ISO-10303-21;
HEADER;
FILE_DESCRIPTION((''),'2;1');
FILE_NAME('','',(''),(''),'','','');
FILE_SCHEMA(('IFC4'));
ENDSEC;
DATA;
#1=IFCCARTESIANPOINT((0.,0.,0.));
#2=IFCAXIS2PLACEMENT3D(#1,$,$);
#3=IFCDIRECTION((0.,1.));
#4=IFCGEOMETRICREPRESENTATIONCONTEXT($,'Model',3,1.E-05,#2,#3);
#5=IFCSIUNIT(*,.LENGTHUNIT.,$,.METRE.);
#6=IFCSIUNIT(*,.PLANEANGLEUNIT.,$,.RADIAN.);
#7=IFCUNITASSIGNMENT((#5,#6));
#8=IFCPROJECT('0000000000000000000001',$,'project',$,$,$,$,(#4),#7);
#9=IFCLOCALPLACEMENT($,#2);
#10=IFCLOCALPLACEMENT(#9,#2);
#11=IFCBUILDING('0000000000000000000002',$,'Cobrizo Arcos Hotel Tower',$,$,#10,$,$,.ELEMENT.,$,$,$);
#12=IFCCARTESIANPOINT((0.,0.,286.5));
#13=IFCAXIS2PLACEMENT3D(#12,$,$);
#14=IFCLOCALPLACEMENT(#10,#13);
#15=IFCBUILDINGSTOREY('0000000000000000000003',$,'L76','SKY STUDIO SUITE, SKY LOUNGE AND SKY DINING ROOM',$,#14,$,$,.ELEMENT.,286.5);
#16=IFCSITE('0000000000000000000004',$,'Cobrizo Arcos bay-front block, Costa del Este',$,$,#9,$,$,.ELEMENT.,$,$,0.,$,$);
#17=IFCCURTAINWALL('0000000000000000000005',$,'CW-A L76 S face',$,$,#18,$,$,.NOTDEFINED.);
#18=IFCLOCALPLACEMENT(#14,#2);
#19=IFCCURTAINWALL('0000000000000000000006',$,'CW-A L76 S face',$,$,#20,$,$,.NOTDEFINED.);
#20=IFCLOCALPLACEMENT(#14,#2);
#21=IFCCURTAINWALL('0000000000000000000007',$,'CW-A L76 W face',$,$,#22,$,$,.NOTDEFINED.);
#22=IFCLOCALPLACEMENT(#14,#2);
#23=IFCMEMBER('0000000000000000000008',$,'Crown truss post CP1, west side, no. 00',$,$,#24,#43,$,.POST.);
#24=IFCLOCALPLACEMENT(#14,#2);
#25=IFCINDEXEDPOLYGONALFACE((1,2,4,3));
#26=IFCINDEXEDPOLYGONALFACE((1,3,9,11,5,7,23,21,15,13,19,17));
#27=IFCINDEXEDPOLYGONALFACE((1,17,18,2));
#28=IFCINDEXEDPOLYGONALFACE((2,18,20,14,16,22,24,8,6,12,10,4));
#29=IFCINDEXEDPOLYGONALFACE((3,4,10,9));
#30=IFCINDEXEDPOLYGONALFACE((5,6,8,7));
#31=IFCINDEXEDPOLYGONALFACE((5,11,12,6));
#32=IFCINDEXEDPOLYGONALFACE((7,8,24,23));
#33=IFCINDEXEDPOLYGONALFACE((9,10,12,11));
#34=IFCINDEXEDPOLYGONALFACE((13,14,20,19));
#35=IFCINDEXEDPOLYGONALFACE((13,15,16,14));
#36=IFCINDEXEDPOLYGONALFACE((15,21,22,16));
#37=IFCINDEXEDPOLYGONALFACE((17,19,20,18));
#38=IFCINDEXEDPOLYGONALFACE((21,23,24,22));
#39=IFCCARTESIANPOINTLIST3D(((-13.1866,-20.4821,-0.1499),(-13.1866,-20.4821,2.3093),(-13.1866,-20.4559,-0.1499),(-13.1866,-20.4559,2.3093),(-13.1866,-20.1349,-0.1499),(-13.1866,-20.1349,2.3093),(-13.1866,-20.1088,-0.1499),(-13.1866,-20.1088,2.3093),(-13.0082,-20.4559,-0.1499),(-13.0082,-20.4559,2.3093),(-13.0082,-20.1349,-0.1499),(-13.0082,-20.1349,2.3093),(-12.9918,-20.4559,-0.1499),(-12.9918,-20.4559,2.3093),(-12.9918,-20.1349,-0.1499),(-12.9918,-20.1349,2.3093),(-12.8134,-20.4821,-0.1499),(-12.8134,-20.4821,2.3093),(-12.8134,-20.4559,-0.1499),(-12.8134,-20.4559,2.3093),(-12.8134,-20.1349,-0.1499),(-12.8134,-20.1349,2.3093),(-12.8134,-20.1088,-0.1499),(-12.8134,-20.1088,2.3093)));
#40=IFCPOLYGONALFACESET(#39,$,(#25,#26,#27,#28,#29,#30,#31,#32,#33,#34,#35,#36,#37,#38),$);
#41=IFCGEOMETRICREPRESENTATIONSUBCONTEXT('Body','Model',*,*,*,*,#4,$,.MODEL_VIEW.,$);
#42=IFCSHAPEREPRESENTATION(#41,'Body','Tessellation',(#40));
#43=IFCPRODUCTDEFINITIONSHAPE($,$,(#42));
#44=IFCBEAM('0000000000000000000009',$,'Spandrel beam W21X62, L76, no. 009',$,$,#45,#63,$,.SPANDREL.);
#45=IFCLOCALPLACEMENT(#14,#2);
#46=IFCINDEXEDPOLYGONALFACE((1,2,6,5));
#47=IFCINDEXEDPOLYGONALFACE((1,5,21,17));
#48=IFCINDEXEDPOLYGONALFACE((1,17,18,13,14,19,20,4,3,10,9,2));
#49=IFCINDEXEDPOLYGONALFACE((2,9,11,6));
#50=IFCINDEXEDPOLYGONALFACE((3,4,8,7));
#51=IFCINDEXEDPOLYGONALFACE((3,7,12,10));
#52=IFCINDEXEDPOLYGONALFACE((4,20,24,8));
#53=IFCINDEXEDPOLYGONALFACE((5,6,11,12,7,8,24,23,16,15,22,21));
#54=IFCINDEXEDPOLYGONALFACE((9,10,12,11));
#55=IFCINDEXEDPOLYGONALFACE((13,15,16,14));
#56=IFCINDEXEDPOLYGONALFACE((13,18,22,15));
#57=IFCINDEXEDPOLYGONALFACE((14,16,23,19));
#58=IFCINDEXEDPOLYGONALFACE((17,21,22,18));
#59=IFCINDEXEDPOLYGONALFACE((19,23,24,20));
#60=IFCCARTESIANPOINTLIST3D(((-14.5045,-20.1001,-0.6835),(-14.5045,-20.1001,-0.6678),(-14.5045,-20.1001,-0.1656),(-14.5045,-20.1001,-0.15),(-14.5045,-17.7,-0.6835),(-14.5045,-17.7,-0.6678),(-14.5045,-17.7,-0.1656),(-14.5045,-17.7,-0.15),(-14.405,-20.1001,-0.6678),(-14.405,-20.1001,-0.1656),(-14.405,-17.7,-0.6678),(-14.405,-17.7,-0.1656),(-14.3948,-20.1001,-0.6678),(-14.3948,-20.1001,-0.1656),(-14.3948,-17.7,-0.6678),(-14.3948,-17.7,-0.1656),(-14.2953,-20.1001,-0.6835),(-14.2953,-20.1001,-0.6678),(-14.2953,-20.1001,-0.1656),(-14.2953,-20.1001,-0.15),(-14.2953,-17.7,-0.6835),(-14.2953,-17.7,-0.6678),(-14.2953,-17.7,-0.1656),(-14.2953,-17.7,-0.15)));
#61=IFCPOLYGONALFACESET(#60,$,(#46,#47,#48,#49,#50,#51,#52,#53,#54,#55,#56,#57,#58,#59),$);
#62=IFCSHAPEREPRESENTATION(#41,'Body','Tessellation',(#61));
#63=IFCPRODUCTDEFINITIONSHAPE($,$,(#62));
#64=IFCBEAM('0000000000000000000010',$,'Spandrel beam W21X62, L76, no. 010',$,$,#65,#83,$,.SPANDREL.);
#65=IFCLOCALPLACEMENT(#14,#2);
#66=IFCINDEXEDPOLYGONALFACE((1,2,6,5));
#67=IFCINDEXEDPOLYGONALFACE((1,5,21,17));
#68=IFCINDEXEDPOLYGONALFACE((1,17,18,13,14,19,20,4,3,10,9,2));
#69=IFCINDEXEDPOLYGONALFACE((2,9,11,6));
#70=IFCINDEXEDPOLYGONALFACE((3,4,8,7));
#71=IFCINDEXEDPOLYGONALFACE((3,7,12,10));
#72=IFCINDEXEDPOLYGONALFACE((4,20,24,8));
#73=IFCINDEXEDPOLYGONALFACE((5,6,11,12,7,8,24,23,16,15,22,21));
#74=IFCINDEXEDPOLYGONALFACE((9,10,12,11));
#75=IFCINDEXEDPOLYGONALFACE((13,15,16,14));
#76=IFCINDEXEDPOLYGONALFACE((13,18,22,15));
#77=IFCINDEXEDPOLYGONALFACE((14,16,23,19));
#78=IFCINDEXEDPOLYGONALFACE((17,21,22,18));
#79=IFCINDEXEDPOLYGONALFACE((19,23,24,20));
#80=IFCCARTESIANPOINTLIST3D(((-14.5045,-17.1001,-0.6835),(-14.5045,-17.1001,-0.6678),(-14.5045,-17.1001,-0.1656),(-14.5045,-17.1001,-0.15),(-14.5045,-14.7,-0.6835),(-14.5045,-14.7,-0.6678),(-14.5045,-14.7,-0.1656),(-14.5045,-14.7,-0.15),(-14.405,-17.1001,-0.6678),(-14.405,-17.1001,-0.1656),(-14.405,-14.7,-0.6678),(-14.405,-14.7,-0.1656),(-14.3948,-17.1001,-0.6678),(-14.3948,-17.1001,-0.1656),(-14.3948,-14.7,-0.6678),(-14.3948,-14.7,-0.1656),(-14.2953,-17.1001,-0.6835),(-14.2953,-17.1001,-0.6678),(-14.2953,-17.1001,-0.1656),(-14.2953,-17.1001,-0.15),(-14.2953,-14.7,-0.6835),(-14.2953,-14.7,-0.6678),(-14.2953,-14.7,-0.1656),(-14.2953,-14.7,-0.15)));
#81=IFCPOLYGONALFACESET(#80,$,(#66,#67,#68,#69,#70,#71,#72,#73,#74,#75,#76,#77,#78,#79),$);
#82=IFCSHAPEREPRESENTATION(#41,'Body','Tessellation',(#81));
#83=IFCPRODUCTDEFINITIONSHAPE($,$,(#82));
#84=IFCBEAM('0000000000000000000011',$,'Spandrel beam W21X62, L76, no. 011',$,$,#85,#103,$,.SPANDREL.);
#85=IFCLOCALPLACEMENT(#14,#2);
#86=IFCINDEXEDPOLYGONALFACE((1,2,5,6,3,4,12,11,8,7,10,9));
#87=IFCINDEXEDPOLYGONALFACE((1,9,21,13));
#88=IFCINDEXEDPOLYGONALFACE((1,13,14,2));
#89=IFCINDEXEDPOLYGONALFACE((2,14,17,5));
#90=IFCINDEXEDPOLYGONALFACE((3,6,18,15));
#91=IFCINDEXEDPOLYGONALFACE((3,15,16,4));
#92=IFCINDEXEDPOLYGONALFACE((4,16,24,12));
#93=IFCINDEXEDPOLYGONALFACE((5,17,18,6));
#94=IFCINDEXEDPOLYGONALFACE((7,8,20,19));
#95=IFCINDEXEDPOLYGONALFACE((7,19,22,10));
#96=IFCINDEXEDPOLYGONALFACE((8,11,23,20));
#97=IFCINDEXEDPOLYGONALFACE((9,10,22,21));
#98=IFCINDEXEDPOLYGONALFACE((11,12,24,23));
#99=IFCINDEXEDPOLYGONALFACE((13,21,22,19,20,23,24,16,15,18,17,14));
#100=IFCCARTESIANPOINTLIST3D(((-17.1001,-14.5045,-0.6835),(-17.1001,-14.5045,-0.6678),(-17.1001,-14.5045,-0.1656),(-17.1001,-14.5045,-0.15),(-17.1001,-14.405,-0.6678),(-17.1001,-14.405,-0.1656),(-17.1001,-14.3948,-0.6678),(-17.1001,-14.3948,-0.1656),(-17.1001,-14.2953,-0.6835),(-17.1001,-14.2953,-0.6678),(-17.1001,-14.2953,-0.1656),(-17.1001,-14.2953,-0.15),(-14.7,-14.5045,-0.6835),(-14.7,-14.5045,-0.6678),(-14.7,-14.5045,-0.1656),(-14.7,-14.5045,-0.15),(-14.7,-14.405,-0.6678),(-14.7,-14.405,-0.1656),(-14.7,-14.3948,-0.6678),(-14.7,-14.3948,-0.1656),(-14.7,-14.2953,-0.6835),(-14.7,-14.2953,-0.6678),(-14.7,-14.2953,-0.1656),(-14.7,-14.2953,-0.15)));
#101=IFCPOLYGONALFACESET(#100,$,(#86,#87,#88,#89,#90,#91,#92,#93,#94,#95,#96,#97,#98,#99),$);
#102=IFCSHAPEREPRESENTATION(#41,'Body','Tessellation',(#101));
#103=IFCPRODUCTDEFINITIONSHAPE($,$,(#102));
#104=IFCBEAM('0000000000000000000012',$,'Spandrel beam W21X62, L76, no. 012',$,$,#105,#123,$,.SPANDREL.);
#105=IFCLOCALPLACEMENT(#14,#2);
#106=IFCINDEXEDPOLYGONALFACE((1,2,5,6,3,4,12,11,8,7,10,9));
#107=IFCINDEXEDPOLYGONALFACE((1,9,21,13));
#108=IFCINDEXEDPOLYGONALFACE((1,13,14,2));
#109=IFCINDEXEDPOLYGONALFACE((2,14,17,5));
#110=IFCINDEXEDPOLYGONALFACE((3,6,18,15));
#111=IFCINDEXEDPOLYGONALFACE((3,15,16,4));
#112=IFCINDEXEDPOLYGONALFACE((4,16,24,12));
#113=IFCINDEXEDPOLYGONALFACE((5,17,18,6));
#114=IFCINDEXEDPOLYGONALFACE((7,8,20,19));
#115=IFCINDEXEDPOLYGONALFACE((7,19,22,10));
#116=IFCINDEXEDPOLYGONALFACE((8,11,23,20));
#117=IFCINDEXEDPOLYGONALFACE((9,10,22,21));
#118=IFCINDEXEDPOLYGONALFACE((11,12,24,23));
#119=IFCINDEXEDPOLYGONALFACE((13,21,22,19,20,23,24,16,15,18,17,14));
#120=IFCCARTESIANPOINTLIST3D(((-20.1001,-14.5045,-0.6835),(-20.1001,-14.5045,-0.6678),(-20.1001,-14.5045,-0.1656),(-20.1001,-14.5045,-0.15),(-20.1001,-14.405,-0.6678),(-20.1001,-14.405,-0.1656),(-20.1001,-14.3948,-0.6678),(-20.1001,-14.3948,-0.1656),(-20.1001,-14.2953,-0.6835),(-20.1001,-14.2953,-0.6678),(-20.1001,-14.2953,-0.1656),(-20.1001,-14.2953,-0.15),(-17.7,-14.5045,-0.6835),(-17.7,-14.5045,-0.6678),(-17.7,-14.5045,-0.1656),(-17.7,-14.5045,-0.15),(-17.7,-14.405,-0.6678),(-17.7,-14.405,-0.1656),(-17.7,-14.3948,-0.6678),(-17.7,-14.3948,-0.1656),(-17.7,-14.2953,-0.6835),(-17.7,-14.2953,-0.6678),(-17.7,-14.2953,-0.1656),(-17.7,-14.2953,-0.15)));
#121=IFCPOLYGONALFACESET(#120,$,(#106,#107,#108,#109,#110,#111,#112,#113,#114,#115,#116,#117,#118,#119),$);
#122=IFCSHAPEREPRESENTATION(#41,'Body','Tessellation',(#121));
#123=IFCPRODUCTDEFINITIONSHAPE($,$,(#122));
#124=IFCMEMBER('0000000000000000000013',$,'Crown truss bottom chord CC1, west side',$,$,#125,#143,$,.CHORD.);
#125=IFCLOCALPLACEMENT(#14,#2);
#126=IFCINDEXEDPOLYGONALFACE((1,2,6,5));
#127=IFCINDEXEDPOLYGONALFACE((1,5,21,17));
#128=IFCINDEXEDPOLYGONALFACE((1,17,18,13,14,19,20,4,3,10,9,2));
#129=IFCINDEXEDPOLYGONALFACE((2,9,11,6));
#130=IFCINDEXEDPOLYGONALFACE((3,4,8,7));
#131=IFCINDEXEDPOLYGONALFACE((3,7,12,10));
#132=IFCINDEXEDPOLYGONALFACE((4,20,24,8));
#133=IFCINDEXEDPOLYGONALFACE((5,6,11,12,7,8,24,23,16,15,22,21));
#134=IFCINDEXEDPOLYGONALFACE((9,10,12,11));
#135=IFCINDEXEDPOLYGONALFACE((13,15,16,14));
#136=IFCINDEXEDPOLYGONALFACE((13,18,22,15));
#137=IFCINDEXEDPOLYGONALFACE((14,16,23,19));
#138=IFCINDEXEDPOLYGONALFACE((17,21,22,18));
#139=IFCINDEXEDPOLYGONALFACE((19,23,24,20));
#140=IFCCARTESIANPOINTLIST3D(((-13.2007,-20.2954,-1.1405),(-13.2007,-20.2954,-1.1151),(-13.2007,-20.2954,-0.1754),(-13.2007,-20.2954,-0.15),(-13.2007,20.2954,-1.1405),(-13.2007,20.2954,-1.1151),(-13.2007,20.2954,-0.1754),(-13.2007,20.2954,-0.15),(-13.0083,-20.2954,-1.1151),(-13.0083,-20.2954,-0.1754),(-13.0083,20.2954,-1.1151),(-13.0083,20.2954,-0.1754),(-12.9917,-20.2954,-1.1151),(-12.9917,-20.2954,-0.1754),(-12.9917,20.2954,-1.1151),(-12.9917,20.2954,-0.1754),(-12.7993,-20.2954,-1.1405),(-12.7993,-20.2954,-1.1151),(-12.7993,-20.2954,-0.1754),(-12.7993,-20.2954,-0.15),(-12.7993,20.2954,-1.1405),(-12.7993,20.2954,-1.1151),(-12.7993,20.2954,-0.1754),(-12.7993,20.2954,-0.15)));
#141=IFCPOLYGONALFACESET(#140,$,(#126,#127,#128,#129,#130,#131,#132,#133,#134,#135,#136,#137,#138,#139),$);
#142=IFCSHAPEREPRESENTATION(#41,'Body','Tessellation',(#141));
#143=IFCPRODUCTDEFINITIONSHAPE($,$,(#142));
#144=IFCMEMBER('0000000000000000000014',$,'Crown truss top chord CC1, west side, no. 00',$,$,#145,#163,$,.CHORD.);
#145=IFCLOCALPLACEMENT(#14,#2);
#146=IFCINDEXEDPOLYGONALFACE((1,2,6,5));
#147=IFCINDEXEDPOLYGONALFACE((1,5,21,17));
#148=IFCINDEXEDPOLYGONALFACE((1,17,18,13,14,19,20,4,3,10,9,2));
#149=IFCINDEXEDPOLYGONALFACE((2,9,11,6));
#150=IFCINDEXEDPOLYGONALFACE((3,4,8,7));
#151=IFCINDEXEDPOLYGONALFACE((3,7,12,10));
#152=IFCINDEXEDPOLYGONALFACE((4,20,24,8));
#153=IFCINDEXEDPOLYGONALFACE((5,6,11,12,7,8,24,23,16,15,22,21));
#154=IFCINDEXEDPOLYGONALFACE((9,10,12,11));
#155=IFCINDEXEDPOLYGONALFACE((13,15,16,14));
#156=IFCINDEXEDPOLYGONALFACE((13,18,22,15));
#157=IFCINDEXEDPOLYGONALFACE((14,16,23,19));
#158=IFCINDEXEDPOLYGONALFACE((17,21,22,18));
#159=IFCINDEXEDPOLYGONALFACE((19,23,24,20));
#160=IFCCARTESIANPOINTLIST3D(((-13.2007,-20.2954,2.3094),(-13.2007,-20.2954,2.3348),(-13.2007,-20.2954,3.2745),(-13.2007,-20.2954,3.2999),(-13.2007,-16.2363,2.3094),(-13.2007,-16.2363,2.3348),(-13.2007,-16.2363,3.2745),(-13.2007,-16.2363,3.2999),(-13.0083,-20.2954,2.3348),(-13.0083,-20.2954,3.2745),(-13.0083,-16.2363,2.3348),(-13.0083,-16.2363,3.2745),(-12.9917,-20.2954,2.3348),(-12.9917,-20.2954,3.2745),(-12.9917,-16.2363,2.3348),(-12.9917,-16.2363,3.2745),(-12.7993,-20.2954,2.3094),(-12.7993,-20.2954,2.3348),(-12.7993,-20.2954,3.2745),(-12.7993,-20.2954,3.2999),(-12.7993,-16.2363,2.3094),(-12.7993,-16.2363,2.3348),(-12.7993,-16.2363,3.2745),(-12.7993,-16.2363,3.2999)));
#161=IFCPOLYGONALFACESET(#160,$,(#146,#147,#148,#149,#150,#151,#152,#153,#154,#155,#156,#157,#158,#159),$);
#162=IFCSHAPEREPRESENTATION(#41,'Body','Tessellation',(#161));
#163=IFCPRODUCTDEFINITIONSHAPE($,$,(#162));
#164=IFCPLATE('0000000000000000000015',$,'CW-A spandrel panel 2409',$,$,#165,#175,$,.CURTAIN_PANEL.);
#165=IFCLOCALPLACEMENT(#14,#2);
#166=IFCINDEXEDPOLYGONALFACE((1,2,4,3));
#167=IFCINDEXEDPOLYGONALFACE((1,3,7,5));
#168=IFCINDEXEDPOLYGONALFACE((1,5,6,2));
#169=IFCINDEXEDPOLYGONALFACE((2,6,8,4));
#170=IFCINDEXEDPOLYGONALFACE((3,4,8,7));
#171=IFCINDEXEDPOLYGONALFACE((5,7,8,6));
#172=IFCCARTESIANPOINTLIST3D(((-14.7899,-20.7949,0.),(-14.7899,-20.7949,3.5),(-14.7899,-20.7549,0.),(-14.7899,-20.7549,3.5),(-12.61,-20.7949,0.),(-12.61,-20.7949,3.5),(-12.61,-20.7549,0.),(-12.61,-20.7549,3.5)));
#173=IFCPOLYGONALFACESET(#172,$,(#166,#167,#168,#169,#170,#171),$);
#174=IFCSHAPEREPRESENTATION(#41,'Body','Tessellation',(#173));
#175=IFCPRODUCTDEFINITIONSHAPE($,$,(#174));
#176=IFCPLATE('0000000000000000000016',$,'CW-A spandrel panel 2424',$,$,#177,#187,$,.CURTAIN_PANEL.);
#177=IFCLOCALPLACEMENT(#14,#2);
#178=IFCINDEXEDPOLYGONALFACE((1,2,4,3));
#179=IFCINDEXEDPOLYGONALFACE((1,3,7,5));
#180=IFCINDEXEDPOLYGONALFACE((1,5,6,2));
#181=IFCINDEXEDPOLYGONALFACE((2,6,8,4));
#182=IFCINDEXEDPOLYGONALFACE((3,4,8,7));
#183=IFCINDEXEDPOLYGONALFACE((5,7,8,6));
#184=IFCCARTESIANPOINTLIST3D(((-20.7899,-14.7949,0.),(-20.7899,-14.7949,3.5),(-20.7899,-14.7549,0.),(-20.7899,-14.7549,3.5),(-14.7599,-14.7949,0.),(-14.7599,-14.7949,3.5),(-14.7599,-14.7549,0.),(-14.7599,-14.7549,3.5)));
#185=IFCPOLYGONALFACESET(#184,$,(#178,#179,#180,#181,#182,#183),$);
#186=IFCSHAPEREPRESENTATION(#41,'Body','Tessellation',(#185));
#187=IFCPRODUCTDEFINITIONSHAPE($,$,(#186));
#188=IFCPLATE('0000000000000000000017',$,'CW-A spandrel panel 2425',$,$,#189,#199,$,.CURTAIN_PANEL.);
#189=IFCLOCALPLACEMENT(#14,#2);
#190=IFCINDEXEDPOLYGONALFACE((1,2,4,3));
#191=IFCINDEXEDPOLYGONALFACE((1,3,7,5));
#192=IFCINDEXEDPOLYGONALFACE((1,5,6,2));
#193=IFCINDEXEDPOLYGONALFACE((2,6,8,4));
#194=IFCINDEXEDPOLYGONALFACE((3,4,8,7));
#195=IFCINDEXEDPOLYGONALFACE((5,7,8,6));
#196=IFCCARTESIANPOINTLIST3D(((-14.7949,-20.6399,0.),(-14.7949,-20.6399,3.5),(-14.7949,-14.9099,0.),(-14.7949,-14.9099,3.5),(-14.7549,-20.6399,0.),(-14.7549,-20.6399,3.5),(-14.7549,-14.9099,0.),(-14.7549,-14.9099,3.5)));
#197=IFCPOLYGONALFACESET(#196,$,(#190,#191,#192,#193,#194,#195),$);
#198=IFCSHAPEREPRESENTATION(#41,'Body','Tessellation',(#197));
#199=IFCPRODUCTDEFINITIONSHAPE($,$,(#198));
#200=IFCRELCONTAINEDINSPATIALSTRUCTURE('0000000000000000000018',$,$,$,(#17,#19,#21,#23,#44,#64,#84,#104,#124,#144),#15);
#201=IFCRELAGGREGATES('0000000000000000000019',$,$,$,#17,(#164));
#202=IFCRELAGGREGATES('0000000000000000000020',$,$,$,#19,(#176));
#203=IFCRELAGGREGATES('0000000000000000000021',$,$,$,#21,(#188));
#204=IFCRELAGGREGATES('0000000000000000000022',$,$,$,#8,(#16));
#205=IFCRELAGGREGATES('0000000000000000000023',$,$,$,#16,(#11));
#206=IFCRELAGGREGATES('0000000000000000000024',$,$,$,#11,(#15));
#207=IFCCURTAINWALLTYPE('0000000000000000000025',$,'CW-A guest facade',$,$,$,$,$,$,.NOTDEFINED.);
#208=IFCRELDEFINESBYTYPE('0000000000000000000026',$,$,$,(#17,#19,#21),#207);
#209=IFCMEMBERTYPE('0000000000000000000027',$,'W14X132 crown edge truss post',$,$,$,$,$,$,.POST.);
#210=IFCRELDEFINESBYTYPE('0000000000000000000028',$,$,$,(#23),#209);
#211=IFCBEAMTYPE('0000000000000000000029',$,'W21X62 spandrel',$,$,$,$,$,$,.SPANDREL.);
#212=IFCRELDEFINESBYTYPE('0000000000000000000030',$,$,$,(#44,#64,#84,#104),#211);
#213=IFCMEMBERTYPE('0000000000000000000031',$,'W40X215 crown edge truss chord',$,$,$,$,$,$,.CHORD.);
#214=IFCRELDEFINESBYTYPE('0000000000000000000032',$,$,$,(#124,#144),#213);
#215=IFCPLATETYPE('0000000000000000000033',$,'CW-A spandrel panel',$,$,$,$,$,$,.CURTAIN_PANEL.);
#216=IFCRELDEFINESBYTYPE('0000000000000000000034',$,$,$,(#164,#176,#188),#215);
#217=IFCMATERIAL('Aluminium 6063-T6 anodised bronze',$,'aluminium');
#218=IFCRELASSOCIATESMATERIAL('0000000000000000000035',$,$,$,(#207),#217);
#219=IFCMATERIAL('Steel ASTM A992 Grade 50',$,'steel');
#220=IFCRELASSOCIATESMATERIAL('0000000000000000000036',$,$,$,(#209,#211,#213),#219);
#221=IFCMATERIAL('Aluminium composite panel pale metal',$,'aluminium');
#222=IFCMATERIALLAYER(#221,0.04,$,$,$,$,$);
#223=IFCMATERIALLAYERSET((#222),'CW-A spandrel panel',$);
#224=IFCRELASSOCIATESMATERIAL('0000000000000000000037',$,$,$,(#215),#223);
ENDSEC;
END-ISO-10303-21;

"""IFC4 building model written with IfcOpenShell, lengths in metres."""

from ifc_helpers import new_model, si_unit, direction, frame, origin, origin_2d, place, context, subcontext, project, spatial, rectangle, i_section, extrude, material, layer, layer_set, material_profile, profile_set, type_object, element, aggregate, save


model = new_model("IFC4")

# Units and contexts
model_context = context("Model", 3, precision=1e-05, world=origin(), true_north=direction((0.0, 1.0)))
body_context = subcontext(model_context, "Body", "Model", "MODEL_VIEW")
ifc_project = project(units=[si_unit("LENGTHUNIT", "METRE"), si_unit("PLANEANGLEUNIT", "RADIAN")], contexts=[model_context])

# Site, building, storey
site_placement = place(None, origin())
site = spatial("IfcSite", under=ifc_project, at=site_placement, Name="Cobrizo Arcos bay-front block, Costa del Este", CompositionType="ELEMENT", RefElevation=0.0)
building_placement = place(site_placement, origin())
building = spatial("IfcBuilding", under=site, at=building_placement, Name="Cobrizo Arcos Hotel Tower", CompositionType="ELEMENT")
storey_placement = place(building_placement, frame((0.0, 0.0, 286.5)))
storey = spatial("IfcBuildingStorey", under=building, at=storey_placement, Name="L76", Description="SKY STUDIO SUITE, SKY LOUNGE AND SKY DINING ROOM", CompositionType="ELEMENT", Elevation=286.5)

# Curtain wall
ifc_material_1 = material(Name="Aluminium 6063-T6 anodised bronze", Category="aluminium")
curtain_wall_type = type_object("IfcCurtainWallType", Name="CW-A guest facade", PredefinedType="NOTDEFINED", material=ifc_material_1)
curtain_wall_1_placement = place(storey_placement, origin())
curtain_wall_1 = element("IfcCurtainWall", 1, at=curtain_wall_1_placement, inside=storey, type_object=curtain_wall_type, Name="CW-A L76 S face", PredefinedType="NOTDEFINED")

# Curtain walls
curtain_wall_2_placement = place(storey_placement, origin())
curtain_wall_2 = element("IfcCurtainWall", 2, at=curtain_wall_2_placement, inside=storey, type_object=curtain_wall_type, Name="CW-A L76 S face", PredefinedType="NOTDEFINED")
curtain_wall_3_placement = place(storey_placement, origin())
curtain_wall_3 = element("IfcCurtainWall", 3, at=curtain_wall_3_placement, inside=storey, type_object=curtain_wall_type, Name="CW-A L76 W face", PredefinedType="NOTDEFINED")

# Member
ifc_material_2 = material(Name="Steel ASTM A992 Grade 50", Category="steel")
ifc_material_profile_1 = material_profile(ifc_material_2, i_section(OverallWidth=0.3733, OverallDepth=0.3733, WebThickness=0.0164, FlangeThickness=0.0261, at=origin_2d()), Name="W14X132")
ifc_profile_set_1 = profile_set([ifc_material_profile_1], Name="Steel ASTM A992 Grade 50")
member_type_1 = type_object("IfcMemberType", Name="W14X132 crown edge truss post", PredefinedType="POST", material=ifc_profile_set_1)
member_1_placement = place(storey_placement, frame((-13.0, -20.2954, -0.1499), z_axis=(0.0, 0.0, 1.0), x_axis=(1.0, 0.0, 0.0)))
element("IfcMember", 4, at=member_1_placement, inside=storey, type_object=member_type_1, Name="Crown truss post CP1, west side, no. 00", PredefinedType="POST", context=body_context, shape_type="SweptSolid", body=[
    extrude(i_section(OverallWidth=0.3733, OverallDepth=0.3733, WebThickness=0.0164, FlangeThickness=0.0261, at=origin_2d()), origin(), (0.0, 0.0, 1.0), 2.4592),
])

# Beams
ifc_material_profile_2 = material_profile(ifc_material_2, i_section(OverallWidth=0.2092, OverallDepth=0.5334, WebThickness=0.0103, FlangeThickness=0.0156, at=origin_2d()), Name="W21X62")
ifc_profile_set_2 = profile_set([ifc_material_profile_2], Name="Steel ASTM A992 Grade 50")
beam_type = type_object("IfcBeamType", Name="W21X62 spandrel", PredefinedType="SPANDREL", material=ifc_profile_set_2)
for number, where, z_axis, x_axis, name in (
    (5, (-14.3999, -20.1001, -0.4167), (0.0, 1.0, 0.0), (-1.0, 0.0, 0.0), "Spandrel beam W21X62, L76, no. 009"),
    (6, (-14.3999, -17.1001, -0.4167), (0.0, 1.0, 0.0), (-1.0, 0.0, 0.0), "Spandrel beam W21X62, L76, no. 010"),
    (7, (-14.7, -14.3999, -0.4167), (-1.0, 0.0, 0.0), (0.0, -1.0, 0.0), "Spandrel beam W21X62, L76, no. 011"),
    (8, (-17.7, -14.3999, -0.4167), (-1.0, 0.0, 0.0), (0.0, -1.0, 0.0), "Spandrel beam W21X62, L76, no. 012"),
):
    element("IfcBeam", number, at=place(storey_placement, frame(where, z_axis=z_axis, x_axis=x_axis)), inside=storey, type_object=beam_type, Name=name, PredefinedType="SPANDREL", context=body_context, shape_type="SweptSolid", body=[
        extrude(i_section(OverallWidth=0.2092, OverallDepth=0.5334, WebThickness=0.0103, FlangeThickness=0.0156, at=origin_2d()), origin(), (0.0, 0.0, 1.0), 2.4001),
    ])

# Members
ifc_material_profile_3 = material_profile(ifc_material_2, i_section(OverallWidth=0.4014, OverallDepth=0.9905, WebThickness=0.0166, FlangeThickness=0.0254, at=origin_2d()), Name="W40X215")
ifc_profile_set_3 = profile_set([ifc_material_profile_3], Name="Steel ASTM A992 Grade 50")
member_type_2 = type_object("IfcMemberType", Name="W40X215 crown edge truss chord", PredefinedType="CHORD", material=ifc_profile_set_3)
member_2_placement = place(storey_placement, frame((-13.0, -20.2954, -0.6453), z_axis=(0.0, 1.0, 0.0), x_axis=(-1.0, 0.0, 0.0)))
element("IfcMember", 9, at=member_2_placement, inside=storey, type_object=member_type_2, Name="Crown truss bottom chord CC1, west side", PredefinedType="CHORD", context=body_context, shape_type="SweptSolid", body=[
    extrude(i_section(OverallWidth=0.4014, OverallDepth=0.9905, WebThickness=0.0166, FlangeThickness=0.0254, at=origin_2d()), origin(), (0.0, 0.0, 1.0), 40.5908),
])
member_3_placement = place(storey_placement, frame((-13.0, -20.2954, 2.8047), z_axis=(0.0, 1.0, 0.0), x_axis=(-1.0, 0.0, 0.0)))
element("IfcMember", 10, at=member_3_placement, inside=storey, type_object=member_type_2, Name="Crown truss top chord CC1, west side, no. 00", PredefinedType="CHORD", context=body_context, shape_type="SweptSolid", body=[
    extrude(i_section(OverallWidth=0.4014, OverallDepth=0.9905, WebThickness=0.0166, FlangeThickness=0.0254, at=origin_2d()), origin(), (0.0, 0.0, 1.0), 4.0591),
])

# Plates
ifc_material_3 = material(Name="Aluminium composite panel pale metal", Category="aluminium")
ifc_layer_1 = layer(ifc_material_3, 0.04)
ifc_layer_set_1 = layer_set([ifc_layer_1], Name="CW-A spandrel panel")
plate_type = type_object("IfcPlateType", Name="CW-A spandrel panel", PredefinedType="CURTAIN_PANEL", material=ifc_layer_set_1)
plate_1_placement = place(storey_placement, frame((-13.7, -20.7749, 0.0), z_axis=(0.0, 0.0, 1.0), x_axis=(1.0, 0.0, 0.0)))
plate_1 = element("IfcPlate", 11, at=plate_1_placement, type_object=plate_type, Name="CW-A spandrel panel 2409", PredefinedType="CURTAIN_PANEL", context=body_context, shape_type="SweptSolid", body=[
    extrude(rectangle(XDim=2.1799, YDim=0.04, at=origin_2d()), origin(), (0.0, 0.0, 1.0), 3.5),
])
aggregate(curtain_wall_1, [plate_1])
plate_2_placement = place(storey_placement, frame((-17.7749, -14.7749, 0.0), z_axis=(0.0, 0.0, 1.0), x_axis=(1.0, 0.0, 0.0)))
plate_2 = element("IfcPlate", 12, at=plate_2_placement, type_object=plate_type, Name="CW-A spandrel panel 2424", PredefinedType="CURTAIN_PANEL", context=body_context, shape_type="SweptSolid", body=[
    extrude(rectangle(XDim=6.03, YDim=0.04, at=origin_2d()), origin(), (0.0, 0.0, 1.0), 3.5),
])
aggregate(curtain_wall_2, [plate_2])
plate_3_placement = place(storey_placement, frame((-14.7749, -17.7749, 0.0), z_axis=(0.0, 0.0, 1.0), x_axis=(0.0, -1.0, 0.0)))
plate_3 = element("IfcPlate", 13, at=plate_3_placement, type_object=plate_type, Name="CW-A spandrel panel 2425", PredefinedType="CURTAIN_PANEL", context=body_context, shape_type="SweptSolid", body=[
    extrude(rectangle(XDim=5.73, YDim=0.04, at=origin_2d()), origin(), (0.0, 0.0, 1.0), 3.5),
])
aggregate(curtain_wall_3, [plate_3])

save(model, "model.ifc")
